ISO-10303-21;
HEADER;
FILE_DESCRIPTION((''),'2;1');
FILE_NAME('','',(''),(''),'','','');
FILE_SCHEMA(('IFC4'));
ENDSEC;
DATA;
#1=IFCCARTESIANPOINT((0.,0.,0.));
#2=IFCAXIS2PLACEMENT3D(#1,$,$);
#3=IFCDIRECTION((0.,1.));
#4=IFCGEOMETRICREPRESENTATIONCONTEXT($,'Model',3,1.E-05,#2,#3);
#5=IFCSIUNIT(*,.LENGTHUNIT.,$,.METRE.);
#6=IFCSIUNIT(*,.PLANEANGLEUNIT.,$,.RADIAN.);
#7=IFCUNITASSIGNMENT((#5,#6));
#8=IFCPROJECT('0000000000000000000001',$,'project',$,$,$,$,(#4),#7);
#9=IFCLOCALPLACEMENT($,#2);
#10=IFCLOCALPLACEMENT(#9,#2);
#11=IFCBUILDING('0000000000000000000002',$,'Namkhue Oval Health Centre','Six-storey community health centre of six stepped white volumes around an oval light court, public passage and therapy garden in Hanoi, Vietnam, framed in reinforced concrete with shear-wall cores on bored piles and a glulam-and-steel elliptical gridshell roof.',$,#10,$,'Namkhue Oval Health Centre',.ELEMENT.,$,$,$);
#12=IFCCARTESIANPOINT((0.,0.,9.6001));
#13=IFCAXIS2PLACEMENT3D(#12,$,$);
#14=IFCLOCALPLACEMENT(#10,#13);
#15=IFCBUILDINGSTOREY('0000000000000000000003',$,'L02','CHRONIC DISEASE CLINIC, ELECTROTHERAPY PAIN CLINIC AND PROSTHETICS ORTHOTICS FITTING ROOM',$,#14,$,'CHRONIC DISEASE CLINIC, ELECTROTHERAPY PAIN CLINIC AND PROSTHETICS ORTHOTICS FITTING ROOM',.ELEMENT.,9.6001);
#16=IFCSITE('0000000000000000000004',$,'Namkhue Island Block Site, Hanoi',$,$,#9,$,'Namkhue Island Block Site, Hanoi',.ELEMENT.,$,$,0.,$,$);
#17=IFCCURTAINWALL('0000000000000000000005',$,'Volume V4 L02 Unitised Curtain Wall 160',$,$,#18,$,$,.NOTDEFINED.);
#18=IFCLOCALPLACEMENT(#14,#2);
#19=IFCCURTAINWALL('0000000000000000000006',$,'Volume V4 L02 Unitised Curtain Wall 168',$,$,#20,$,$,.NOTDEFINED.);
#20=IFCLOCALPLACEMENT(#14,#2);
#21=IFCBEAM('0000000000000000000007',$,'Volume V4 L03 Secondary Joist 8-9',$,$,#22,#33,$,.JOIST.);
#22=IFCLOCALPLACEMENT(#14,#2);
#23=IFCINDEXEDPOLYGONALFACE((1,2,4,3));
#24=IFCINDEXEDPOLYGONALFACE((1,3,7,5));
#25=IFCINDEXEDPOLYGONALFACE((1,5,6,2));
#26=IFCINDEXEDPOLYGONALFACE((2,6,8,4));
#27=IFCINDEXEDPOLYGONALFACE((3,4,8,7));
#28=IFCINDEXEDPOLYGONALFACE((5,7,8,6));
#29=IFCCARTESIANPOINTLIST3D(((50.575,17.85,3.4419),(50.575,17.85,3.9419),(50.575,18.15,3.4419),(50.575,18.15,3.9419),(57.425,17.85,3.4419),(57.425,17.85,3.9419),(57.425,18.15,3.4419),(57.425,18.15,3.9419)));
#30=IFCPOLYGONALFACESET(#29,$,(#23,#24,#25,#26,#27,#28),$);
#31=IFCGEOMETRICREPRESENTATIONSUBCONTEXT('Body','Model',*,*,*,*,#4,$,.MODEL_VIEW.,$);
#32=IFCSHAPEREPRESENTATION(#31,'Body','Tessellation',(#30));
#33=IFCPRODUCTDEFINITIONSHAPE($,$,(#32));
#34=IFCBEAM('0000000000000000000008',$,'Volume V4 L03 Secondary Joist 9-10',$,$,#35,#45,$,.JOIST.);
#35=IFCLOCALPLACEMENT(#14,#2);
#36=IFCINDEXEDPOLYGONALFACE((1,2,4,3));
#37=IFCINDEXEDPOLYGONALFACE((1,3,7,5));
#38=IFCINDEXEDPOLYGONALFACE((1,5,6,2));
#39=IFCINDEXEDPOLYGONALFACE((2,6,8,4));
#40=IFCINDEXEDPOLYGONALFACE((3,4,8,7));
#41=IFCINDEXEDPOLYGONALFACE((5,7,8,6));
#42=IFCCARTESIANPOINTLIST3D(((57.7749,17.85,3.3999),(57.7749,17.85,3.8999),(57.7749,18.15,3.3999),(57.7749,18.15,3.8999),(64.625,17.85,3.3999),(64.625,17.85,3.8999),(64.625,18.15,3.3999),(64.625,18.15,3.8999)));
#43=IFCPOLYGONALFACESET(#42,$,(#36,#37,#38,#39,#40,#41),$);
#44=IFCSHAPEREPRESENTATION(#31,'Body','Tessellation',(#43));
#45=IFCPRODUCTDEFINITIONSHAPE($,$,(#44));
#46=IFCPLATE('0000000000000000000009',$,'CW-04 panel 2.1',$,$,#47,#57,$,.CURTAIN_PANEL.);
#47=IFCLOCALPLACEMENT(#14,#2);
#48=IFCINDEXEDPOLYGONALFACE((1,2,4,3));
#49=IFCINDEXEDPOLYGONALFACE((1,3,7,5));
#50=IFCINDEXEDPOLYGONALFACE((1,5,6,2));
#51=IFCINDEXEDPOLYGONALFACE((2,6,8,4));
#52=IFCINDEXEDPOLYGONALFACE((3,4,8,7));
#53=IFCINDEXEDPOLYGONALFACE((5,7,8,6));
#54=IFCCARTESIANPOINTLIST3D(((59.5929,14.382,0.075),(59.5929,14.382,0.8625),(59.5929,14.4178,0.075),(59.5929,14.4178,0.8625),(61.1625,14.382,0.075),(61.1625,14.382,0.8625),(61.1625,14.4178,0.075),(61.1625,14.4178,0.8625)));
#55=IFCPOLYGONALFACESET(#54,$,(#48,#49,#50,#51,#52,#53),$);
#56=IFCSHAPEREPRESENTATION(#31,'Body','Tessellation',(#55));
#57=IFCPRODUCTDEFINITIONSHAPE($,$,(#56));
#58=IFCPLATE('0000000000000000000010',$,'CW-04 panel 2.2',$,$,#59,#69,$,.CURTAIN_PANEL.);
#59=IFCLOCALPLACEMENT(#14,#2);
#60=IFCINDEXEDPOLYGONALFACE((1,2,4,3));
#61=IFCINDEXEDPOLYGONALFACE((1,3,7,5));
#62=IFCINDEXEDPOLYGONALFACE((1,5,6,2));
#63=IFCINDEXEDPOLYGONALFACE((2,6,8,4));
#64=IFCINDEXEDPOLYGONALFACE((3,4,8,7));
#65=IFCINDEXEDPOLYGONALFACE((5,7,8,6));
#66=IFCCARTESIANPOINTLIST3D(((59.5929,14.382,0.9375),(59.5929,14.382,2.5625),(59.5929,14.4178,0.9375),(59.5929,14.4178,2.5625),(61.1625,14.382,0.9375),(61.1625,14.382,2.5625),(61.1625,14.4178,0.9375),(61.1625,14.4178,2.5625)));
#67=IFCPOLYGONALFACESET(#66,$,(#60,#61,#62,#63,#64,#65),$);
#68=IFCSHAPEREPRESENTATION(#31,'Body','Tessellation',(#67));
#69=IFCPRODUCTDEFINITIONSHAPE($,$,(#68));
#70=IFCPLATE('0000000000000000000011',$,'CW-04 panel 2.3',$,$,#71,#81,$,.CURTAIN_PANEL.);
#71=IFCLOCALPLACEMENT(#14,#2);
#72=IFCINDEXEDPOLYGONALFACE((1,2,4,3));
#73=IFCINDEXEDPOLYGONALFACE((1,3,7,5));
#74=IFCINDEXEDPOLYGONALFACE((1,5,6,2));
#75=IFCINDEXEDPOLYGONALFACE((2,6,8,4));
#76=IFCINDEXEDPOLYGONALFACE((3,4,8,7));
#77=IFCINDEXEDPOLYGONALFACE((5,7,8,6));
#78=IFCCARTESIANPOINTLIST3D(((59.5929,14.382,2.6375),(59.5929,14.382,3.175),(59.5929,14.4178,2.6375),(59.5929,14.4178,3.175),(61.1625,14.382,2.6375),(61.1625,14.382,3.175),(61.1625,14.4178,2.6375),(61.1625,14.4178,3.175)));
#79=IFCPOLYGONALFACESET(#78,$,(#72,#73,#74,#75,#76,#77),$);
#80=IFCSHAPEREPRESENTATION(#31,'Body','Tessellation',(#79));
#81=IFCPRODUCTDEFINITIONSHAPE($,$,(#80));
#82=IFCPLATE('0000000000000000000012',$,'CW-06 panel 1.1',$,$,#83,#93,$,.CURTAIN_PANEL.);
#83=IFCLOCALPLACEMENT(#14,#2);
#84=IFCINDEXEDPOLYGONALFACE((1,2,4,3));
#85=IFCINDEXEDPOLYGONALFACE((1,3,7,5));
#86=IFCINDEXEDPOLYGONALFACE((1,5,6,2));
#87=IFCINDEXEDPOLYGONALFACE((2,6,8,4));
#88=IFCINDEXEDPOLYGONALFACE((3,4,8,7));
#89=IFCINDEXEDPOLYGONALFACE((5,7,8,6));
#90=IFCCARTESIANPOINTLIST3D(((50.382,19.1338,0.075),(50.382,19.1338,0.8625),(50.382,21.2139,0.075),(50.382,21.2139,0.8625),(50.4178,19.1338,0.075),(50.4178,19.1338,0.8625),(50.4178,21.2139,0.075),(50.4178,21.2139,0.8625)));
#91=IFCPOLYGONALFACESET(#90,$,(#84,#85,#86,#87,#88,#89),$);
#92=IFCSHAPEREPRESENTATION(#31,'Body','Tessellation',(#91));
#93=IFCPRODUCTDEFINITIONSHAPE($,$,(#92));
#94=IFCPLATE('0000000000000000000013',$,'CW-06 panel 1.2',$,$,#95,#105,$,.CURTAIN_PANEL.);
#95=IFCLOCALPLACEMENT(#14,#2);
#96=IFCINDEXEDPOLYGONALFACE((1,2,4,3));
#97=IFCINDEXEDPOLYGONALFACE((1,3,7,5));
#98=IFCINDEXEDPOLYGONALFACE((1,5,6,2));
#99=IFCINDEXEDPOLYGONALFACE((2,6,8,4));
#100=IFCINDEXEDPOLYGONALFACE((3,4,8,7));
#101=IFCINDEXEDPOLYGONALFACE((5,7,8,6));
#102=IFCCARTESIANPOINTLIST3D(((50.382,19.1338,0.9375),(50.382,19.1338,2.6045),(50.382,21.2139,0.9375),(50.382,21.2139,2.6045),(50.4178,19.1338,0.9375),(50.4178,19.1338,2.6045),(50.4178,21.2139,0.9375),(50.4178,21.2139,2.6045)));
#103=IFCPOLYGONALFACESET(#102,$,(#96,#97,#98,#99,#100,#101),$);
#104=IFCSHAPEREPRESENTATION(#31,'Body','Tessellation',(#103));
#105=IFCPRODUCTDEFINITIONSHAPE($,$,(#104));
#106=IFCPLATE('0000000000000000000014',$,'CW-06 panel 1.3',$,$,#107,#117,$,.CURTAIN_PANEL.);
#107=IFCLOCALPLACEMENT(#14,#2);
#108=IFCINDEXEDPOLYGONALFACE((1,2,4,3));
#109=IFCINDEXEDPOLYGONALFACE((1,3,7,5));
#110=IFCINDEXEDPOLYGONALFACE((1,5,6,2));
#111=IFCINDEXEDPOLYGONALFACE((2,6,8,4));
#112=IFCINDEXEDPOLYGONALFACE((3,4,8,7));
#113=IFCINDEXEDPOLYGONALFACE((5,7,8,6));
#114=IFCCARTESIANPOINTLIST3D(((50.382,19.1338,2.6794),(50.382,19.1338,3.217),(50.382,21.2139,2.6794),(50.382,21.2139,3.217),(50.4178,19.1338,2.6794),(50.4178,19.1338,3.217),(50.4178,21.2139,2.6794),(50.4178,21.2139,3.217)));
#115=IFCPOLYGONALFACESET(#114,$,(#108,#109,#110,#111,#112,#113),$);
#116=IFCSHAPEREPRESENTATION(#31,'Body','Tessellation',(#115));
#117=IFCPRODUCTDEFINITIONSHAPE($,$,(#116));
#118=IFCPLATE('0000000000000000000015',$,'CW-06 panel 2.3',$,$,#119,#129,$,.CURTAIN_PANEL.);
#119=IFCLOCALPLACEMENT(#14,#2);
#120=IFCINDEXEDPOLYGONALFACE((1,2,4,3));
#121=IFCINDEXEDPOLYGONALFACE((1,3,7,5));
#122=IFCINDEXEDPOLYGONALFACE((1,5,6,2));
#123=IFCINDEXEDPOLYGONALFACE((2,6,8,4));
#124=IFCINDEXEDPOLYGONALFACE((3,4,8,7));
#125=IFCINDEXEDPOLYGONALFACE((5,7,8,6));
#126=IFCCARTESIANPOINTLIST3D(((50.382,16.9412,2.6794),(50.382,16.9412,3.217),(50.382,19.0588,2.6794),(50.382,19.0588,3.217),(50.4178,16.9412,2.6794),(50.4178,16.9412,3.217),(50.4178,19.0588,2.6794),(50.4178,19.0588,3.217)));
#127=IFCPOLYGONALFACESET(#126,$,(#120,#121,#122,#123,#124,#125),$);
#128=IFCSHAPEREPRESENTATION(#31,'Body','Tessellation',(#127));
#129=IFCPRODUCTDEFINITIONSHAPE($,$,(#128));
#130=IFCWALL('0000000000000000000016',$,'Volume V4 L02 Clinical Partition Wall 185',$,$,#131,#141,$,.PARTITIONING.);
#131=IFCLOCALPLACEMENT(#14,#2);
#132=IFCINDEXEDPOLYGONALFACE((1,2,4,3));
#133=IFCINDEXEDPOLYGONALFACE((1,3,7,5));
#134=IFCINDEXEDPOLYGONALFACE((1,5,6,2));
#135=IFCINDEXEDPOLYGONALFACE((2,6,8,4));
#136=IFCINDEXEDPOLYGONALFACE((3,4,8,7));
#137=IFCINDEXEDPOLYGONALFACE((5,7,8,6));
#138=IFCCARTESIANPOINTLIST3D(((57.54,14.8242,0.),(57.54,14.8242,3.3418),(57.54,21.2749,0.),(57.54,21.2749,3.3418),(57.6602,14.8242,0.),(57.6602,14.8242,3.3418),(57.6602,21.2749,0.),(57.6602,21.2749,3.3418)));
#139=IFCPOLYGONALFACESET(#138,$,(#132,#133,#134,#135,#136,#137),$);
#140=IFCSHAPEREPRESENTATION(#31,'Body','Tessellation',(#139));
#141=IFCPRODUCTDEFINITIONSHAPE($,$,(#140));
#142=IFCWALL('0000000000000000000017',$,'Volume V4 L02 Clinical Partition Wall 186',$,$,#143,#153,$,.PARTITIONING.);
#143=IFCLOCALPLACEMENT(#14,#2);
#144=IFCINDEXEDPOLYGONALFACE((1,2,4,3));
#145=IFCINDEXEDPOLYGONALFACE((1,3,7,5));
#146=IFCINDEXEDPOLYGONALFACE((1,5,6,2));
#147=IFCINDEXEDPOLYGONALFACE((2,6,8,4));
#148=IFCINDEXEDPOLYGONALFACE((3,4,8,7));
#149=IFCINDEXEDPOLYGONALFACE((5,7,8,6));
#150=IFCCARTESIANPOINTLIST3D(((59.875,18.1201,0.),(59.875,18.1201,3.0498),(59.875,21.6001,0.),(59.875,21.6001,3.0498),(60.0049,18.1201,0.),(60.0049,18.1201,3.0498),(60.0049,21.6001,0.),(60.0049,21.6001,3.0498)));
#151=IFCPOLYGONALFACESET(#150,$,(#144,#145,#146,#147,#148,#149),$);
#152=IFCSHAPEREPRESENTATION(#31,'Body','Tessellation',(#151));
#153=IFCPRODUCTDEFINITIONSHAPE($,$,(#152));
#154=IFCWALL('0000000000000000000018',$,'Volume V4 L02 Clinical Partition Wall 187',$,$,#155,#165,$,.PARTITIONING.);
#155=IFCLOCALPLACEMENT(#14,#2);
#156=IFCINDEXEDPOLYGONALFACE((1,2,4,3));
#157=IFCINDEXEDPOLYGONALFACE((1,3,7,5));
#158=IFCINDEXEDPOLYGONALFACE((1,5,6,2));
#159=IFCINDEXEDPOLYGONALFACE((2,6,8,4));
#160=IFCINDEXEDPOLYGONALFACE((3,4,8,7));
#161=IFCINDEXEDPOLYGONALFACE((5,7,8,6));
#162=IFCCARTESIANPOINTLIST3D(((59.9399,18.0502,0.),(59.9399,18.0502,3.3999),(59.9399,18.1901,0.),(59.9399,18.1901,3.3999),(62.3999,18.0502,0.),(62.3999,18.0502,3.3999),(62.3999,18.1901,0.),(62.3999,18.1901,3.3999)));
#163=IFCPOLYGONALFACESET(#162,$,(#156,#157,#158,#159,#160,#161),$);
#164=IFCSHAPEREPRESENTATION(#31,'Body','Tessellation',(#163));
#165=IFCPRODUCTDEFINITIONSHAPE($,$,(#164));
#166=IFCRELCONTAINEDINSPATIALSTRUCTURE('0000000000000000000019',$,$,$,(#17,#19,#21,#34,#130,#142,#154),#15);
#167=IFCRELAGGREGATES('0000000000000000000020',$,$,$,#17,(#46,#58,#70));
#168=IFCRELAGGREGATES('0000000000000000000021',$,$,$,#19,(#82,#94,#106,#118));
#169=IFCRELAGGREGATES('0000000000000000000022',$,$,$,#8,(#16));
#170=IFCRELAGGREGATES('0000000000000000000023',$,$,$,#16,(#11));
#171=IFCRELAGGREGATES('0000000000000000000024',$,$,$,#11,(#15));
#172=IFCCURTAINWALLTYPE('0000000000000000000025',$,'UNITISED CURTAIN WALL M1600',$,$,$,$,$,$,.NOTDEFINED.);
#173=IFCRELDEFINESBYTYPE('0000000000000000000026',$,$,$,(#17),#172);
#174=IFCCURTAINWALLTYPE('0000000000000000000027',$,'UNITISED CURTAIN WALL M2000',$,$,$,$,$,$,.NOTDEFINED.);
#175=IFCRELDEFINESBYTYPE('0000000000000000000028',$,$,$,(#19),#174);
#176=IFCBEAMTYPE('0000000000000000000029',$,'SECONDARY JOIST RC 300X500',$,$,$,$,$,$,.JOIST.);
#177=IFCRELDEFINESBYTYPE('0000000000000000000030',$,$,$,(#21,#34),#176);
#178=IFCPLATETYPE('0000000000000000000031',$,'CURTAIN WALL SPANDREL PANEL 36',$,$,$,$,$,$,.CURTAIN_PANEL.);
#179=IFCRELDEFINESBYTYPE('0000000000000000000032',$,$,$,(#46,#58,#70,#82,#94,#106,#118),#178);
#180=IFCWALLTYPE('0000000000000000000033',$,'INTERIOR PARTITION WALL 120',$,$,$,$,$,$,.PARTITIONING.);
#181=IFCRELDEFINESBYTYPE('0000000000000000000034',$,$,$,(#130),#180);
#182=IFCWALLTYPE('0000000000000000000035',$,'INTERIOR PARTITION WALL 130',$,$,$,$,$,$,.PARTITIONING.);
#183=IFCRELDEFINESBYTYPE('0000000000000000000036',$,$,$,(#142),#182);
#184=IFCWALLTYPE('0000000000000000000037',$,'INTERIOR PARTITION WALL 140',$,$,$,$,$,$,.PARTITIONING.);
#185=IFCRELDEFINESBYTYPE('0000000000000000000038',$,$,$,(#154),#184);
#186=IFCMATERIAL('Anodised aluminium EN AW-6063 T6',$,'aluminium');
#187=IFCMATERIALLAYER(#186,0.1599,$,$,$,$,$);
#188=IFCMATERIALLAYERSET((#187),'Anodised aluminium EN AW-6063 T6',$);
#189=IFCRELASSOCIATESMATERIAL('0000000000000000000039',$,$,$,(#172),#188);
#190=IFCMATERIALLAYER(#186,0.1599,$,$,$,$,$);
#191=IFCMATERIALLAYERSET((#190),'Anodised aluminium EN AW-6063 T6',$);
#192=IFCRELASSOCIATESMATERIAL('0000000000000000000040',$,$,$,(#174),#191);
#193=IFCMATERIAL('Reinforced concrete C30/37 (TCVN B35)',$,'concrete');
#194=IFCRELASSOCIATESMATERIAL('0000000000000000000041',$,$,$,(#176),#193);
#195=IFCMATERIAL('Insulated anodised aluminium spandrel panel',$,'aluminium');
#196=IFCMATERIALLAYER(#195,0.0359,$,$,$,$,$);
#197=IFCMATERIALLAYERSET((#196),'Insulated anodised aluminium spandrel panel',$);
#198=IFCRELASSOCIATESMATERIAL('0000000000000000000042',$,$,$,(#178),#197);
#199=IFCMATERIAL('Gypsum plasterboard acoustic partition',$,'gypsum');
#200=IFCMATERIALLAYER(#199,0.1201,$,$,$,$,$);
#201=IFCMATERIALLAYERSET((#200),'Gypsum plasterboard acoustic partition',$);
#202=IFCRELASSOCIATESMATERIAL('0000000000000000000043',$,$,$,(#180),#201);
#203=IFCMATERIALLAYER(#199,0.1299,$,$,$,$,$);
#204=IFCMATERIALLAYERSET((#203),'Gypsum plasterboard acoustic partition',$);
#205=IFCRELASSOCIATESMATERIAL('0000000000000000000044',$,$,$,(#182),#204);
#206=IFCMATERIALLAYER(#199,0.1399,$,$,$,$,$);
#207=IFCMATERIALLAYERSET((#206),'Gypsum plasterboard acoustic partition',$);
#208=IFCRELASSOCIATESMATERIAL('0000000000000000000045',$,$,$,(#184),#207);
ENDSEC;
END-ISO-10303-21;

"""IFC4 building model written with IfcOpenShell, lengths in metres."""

from ifc_helpers import new_model, si_unit, direction, frame, frame_2d, origin, origin_2d, place, context, subcontext, project, spatial, rectangle, extrude, material, layer, layer_set, material_profile, profile_set, type_object, element, aggregate, save


model = new_model("IFC4")

# Units and contexts
model_context = context("Model", 3, precision=1e-05, world=origin(), true_north=direction((0.0, 1.0)))
body_context = subcontext(model_context, "Body", "Model", "MODEL_VIEW")
ifc_project = project(units=[si_unit("LENGTHUNIT", "METRE"), si_unit("PLANEANGLEUNIT", "RADIAN")], contexts=[model_context])

# Site, building, storey
site_placement = place(None, origin())
site = spatial("IfcSite", under=ifc_project, at=site_placement, Name="Namkhue Island Block Site, Hanoi", LongName="Namkhue Island Block Site, Hanoi", CompositionType="ELEMENT", RefElevation=0.0)
building_placement = place(site_placement, origin())
building = spatial("IfcBuilding", under=site, at=building_placement, Name="Namkhue Oval Health Centre", Description="Six-storey community health centre of six stepped white volumes around an oval light court, public passage and therapy garden in Hanoi, Vietnam, framed in reinforced concrete with shear-wall cores on bored piles and a glulam-and-steel elliptical gridshell roof.", LongName="Namkhue Oval Health Centre", CompositionType="ELEMENT")
storey_placement = place(building_placement, frame((0.0, 0.0, 9.6001)))
storey = spatial("IfcBuildingStorey", under=building, at=storey_placement, Name="L02", Description="CHRONIC DISEASE CLINIC, ELECTROTHERAPY PAIN CLINIC AND PROSTHETICS ORTHOTICS FITTING ROOM", LongName="CHRONIC DISEASE CLINIC, ELECTROTHERAPY PAIN CLINIC AND PROSTHETICS ORTHOTICS FITTING ROOM", CompositionType="ELEMENT", Elevation=9.6001)

# Curtain walls
ifc_material_1 = material(Name="Anodised aluminium EN AW-6063 T6", Category="aluminium")
ifc_layer_1 = layer(ifc_material_1, 0.1599)
ifc_layer_set_1 = layer_set([ifc_layer_1], Name="Anodised aluminium EN AW-6063 T6")
curtain_wall_type_1 = type_object("IfcCurtainWallType", Name="UNITISED CURTAIN WALL M1600", PredefinedType="NOTDEFINED", material=ifc_layer_set_1)
curtain_wall_1_placement = place(storey_placement, origin())
curtain_wall_1 = element("IfcCurtainWall", 1, at=curtain_wall_1_placement, inside=storey, type_object=curtain_wall_type_1, Name="Volume V4 L02 Unitised Curtain Wall 160", PredefinedType="NOTDEFINED")
ifc_layer_2 = layer(ifc_material_1, 0.1599)
ifc_layer_set_2 = layer_set([ifc_layer_2], Name="Anodised aluminium EN AW-6063 T6")
curtain_wall_type_2 = type_object("IfcCurtainWallType", Name="UNITISED CURTAIN WALL M2000", PredefinedType="NOTDEFINED", material=ifc_layer_set_2)
curtain_wall_2_placement = place(storey_placement, origin())
curtain_wall_2 = element("IfcCurtainWall", 2, at=curtain_wall_2_placement, inside=storey, type_object=curtain_wall_type_2, Name="Volume V4 L02 Unitised Curtain Wall 168", PredefinedType="NOTDEFINED")

# Beams
ifc_material_2 = material(Name="Reinforced concrete C30/37 (TCVN B35)", Category="concrete")
ifc_material_profile_1 = material_profile(ifc_material_2, rectangle(XDim=0.3, YDim=0.5, at=origin_2d()), Name="RC 300x500")
ifc_profile_set_1 = profile_set([ifc_material_profile_1], Name="Reinforced concrete C30/37 (TCVN B35)")
beam_type_1 = type_object("IfcBeamType", Name="SECONDARY JOIST RC 300X500", PredefinedType="JOIST", material=ifc_profile_set_1)
for number, where, z_axis, x_axis, name in (
    (3, (50.575, 18.0, 3.6919), (1.0, 0.0, 0.0), (0.0, 1.0, 0.0), "Volume V4 L03 Secondary Joist 8-9"),
    (4, (57.7749, 18.0, 3.6499), (1.0, 0.0, 0.0), (0.0, 1.0, 0.0), "Volume V4 L03 Secondary Joist 9-10"),
):
    element("IfcBeam", number, at=place(storey_placement, frame(where, z_axis=z_axis, x_axis=x_axis)), inside=storey, type_object=beam_type_1, Name=name, PredefinedType="JOIST", context=body_context, shape_type="SweptSolid", body=[
        extrude(rectangle(XDim=0.3, YDim=0.5, at=origin_2d()), origin(), (0.0, 0.0, 1.0), 6.8501),
    ])

# Plates
ifc_material_3 = material(Name="Insulated anodised aluminium spandrel panel", Category="aluminium")
ifc_layer_3 = layer(ifc_material_3, 0.0359)
ifc_layer_set_3 = layer_set([ifc_layer_3], Name="Insulated anodised aluminium spandrel panel")
plate_type = type_object("IfcPlateType", Name="CURTAIN WALL SPANDREL PANEL 36", PredefinedType="CURTAIN_PANEL", material=ifc_layer_set_3)
plate_1_placement = place(storey_placement, frame((60.3777, 14.3999, 0.075), z_axis=(0.0, 0.0, 1.0), x_axis=(1.0, 0.0, 0.0)))
plate_1 = element("IfcPlate", 5, at=plate_1_placement, type_object=plate_type, Name="CW-04 panel 2.1", PredefinedType="CURTAIN_PANEL", context=body_context, shape_type="SweptSolid", body=[
    extrude(rectangle(XDim=1.5696, YDim=0.0359, at=origin_2d()), origin(), (0.0, 0.0, 1.0), 0.7876),
])
plate_2_placement = place(storey_placement, frame((60.3777, 14.3999, 0.9375), z_axis=(0.0, 0.0, 1.0), x_axis=(1.0, 0.0, 0.0)))
plate_2 = element("IfcPlate", 6, at=plate_2_placement, type_object=plate_type, Name="CW-04 panel 2.2", PredefinedType="CURTAIN_PANEL", context=body_context, shape_type="SweptSolid", body=[
    extrude(rectangle(XDim=1.5696, YDim=0.0359, at=origin_2d()), origin(), (0.0, 0.0, 1.0), 1.625),
])
plate_3_placement = place(storey_placement, frame((60.3777, 14.3999, 2.6375), z_axis=(0.0, 0.0, 1.0), x_axis=(1.0, 0.0, 0.0)))
plate_3 = element("IfcPlate", 7, at=plate_3_placement, type_object=plate_type, Name="CW-04 panel 2.3", PredefinedType="CURTAIN_PANEL", context=body_context, shape_type="SweptSolid", body=[
    extrude(rectangle(XDim=1.5696, YDim=0.0359, at=origin_2d()), origin(), (0.0, 0.0, 1.0), 0.5376),
])
aggregate(curtain_wall_1, [plate_1, plate_2, plate_3])
plate_4_placement = place(storey_placement, frame((50.3999, 20.1738, 0.075), z_axis=(0.0, 0.0, 1.0), x_axis=(0.0, -1.0, 0.0)))
plate_4 = element("IfcPlate", 8, at=plate_4_placement, type_object=plate_type, Name="CW-06 panel 1.1", PredefinedType="CURTAIN_PANEL", context=body_context, shape_type="SweptSolid", body=[
    extrude(rectangle(XDim=2.0801, YDim=0.0359, at=origin_2d()), origin(), (0.0, 0.0, 1.0), 0.7876),
])
plate_5_placement = place(storey_placement, frame((50.3999, 20.1738, 0.9375), z_axis=(0.0, 0.0, 1.0), x_axis=(0.0, -1.0, 0.0)))
plate_5 = element("IfcPlate", 9, at=plate_5_placement, type_object=plate_type, Name="CW-06 panel 1.2", PredefinedType="CURTAIN_PANEL", context=body_context, shape_type="SweptSolid", body=[
    extrude(rectangle(XDim=2.0801, YDim=0.0359, at=origin_2d()), origin(), (0.0, 0.0, 1.0), 1.667),
])
plate_6_placement = place(storey_placement, frame((50.3999, 20.1738, 2.6794), z_axis=(0.0, 0.0, 1.0), x_axis=(0.0, -1.0, 0.0)))
plate_6 = element("IfcPlate", 10, at=plate_6_placement, type_object=plate_type, Name="CW-06 panel 1.3", PredefinedType="CURTAIN_PANEL", context=body_context, shape_type="SweptSolid", body=[
    extrude(rectangle(XDim=2.0801, YDim=0.0359, at=origin_2d()), origin(), (0.0, 0.0, 1.0), 0.5376),
])
plate_7_placement = place(storey_placement, frame((50.3999, 18.0, 2.6794), z_axis=(0.0, 0.0, 1.0), x_axis=(0.0, -1.0, 0.0)))
plate_7 = element("IfcPlate", 11, at=plate_7_placement, type_object=plate_type, Name="CW-06 panel 2.3", PredefinedType="CURTAIN_PANEL", context=body_context, shape_type="SweptSolid", body=[
    extrude(rectangle(XDim=2.1177, YDim=0.0359, at=origin_2d()), origin(), (0.0, 0.0, 1.0), 0.5376),
])
aggregate(curtain_wall_2, [plate_4, plate_5, plate_6, plate_7])

# Walls
ifc_material_4 = material(Name="Gypsum plasterboard acoustic partition", Category="gypsum")
ifc_layer_4 = layer(ifc_material_4, 0.1201)
ifc_layer_set_4 = layer_set([ifc_layer_4], Name="Gypsum plasterboard acoustic partition")
wall_type_1 = type_object("IfcWallType", Name="INTERIOR PARTITION WALL 120", PredefinedType="PARTITIONING", material=ifc_layer_set_4)
wall_1_placement = place(storey_placement, frame((57.6001, 14.8242, 0.0), z_axis=(0.0, 0.0, 1.0), x_axis=(0.0, 1.0, 0.0)))
element("IfcWall", 12, at=wall_1_placement, inside=storey, type_object=wall_type_1, Name="Volume V4 L02 Clinical Partition Wall 185", PredefinedType="PARTITIONING", context=body_context, shape_type="SweptSolid", body=[
    extrude(rectangle(XDim=6.4507, YDim=0.1201, at=frame_2d((3.2253, 0.0))), origin(), (0.0, 0.0, 1.0), 3.3418),
])
ifc_layer_5 = layer(ifc_material_4, 0.1299)
ifc_layer_set_5 = layer_set([ifc_layer_5], Name="Gypsum plasterboard acoustic partition")
wall_type_2 = type_object("IfcWallType", Name="INTERIOR PARTITION WALL 130", PredefinedType="PARTITIONING", material=ifc_layer_set_5)
wall_2_placement = place(storey_placement, frame((59.9399, 18.1201, 0.0), z_axis=(0.0, 0.0, 1.0), x_axis=(0.0, 1.0, 0.0)))
element("IfcWall", 13, at=wall_2_placement, inside=storey, type_object=wall_type_2, Name="Volume V4 L02 Clinical Partition Wall 186", PredefinedType="PARTITIONING", context=body_context, shape_type="SweptSolid", body=[
    extrude(rectangle(XDim=3.48, YDim=0.1299, at=frame_2d((1.74, 0.0))), origin(), (0.0, 0.0, 1.0), 3.0498),
])
ifc_layer_6 = layer(ifc_material_4, 0.1399)
ifc_layer_set_6 = layer_set([ifc_layer_6], Name="Gypsum plasterboard acoustic partition")
wall_type_3 = type_object("IfcWallType", Name="INTERIOR PARTITION WALL 140", PredefinedType="PARTITIONING", material=ifc_layer_set_6)
wall_3_placement = place(storey_placement, frame((59.9399, 18.1201, 0.0), z_axis=(0.0, 0.0, 1.0), x_axis=(1.0, 0.0, 0.0)))
element("IfcWall", 14, at=wall_3_placement, inside=storey, type_object=wall_type_3, Name="Volume V4 L02 Clinical Partition Wall 187", PredefinedType="PARTITIONING", context=body_context, shape_type="SweptSolid", body=[
    extrude(rectangle(XDim=2.46, YDim=0.1399, at=frame_2d((1.23, 0.0))), origin(), (0.0, 0.0, 1.0), 3.3999),
])

save(model, "model.ifc")
